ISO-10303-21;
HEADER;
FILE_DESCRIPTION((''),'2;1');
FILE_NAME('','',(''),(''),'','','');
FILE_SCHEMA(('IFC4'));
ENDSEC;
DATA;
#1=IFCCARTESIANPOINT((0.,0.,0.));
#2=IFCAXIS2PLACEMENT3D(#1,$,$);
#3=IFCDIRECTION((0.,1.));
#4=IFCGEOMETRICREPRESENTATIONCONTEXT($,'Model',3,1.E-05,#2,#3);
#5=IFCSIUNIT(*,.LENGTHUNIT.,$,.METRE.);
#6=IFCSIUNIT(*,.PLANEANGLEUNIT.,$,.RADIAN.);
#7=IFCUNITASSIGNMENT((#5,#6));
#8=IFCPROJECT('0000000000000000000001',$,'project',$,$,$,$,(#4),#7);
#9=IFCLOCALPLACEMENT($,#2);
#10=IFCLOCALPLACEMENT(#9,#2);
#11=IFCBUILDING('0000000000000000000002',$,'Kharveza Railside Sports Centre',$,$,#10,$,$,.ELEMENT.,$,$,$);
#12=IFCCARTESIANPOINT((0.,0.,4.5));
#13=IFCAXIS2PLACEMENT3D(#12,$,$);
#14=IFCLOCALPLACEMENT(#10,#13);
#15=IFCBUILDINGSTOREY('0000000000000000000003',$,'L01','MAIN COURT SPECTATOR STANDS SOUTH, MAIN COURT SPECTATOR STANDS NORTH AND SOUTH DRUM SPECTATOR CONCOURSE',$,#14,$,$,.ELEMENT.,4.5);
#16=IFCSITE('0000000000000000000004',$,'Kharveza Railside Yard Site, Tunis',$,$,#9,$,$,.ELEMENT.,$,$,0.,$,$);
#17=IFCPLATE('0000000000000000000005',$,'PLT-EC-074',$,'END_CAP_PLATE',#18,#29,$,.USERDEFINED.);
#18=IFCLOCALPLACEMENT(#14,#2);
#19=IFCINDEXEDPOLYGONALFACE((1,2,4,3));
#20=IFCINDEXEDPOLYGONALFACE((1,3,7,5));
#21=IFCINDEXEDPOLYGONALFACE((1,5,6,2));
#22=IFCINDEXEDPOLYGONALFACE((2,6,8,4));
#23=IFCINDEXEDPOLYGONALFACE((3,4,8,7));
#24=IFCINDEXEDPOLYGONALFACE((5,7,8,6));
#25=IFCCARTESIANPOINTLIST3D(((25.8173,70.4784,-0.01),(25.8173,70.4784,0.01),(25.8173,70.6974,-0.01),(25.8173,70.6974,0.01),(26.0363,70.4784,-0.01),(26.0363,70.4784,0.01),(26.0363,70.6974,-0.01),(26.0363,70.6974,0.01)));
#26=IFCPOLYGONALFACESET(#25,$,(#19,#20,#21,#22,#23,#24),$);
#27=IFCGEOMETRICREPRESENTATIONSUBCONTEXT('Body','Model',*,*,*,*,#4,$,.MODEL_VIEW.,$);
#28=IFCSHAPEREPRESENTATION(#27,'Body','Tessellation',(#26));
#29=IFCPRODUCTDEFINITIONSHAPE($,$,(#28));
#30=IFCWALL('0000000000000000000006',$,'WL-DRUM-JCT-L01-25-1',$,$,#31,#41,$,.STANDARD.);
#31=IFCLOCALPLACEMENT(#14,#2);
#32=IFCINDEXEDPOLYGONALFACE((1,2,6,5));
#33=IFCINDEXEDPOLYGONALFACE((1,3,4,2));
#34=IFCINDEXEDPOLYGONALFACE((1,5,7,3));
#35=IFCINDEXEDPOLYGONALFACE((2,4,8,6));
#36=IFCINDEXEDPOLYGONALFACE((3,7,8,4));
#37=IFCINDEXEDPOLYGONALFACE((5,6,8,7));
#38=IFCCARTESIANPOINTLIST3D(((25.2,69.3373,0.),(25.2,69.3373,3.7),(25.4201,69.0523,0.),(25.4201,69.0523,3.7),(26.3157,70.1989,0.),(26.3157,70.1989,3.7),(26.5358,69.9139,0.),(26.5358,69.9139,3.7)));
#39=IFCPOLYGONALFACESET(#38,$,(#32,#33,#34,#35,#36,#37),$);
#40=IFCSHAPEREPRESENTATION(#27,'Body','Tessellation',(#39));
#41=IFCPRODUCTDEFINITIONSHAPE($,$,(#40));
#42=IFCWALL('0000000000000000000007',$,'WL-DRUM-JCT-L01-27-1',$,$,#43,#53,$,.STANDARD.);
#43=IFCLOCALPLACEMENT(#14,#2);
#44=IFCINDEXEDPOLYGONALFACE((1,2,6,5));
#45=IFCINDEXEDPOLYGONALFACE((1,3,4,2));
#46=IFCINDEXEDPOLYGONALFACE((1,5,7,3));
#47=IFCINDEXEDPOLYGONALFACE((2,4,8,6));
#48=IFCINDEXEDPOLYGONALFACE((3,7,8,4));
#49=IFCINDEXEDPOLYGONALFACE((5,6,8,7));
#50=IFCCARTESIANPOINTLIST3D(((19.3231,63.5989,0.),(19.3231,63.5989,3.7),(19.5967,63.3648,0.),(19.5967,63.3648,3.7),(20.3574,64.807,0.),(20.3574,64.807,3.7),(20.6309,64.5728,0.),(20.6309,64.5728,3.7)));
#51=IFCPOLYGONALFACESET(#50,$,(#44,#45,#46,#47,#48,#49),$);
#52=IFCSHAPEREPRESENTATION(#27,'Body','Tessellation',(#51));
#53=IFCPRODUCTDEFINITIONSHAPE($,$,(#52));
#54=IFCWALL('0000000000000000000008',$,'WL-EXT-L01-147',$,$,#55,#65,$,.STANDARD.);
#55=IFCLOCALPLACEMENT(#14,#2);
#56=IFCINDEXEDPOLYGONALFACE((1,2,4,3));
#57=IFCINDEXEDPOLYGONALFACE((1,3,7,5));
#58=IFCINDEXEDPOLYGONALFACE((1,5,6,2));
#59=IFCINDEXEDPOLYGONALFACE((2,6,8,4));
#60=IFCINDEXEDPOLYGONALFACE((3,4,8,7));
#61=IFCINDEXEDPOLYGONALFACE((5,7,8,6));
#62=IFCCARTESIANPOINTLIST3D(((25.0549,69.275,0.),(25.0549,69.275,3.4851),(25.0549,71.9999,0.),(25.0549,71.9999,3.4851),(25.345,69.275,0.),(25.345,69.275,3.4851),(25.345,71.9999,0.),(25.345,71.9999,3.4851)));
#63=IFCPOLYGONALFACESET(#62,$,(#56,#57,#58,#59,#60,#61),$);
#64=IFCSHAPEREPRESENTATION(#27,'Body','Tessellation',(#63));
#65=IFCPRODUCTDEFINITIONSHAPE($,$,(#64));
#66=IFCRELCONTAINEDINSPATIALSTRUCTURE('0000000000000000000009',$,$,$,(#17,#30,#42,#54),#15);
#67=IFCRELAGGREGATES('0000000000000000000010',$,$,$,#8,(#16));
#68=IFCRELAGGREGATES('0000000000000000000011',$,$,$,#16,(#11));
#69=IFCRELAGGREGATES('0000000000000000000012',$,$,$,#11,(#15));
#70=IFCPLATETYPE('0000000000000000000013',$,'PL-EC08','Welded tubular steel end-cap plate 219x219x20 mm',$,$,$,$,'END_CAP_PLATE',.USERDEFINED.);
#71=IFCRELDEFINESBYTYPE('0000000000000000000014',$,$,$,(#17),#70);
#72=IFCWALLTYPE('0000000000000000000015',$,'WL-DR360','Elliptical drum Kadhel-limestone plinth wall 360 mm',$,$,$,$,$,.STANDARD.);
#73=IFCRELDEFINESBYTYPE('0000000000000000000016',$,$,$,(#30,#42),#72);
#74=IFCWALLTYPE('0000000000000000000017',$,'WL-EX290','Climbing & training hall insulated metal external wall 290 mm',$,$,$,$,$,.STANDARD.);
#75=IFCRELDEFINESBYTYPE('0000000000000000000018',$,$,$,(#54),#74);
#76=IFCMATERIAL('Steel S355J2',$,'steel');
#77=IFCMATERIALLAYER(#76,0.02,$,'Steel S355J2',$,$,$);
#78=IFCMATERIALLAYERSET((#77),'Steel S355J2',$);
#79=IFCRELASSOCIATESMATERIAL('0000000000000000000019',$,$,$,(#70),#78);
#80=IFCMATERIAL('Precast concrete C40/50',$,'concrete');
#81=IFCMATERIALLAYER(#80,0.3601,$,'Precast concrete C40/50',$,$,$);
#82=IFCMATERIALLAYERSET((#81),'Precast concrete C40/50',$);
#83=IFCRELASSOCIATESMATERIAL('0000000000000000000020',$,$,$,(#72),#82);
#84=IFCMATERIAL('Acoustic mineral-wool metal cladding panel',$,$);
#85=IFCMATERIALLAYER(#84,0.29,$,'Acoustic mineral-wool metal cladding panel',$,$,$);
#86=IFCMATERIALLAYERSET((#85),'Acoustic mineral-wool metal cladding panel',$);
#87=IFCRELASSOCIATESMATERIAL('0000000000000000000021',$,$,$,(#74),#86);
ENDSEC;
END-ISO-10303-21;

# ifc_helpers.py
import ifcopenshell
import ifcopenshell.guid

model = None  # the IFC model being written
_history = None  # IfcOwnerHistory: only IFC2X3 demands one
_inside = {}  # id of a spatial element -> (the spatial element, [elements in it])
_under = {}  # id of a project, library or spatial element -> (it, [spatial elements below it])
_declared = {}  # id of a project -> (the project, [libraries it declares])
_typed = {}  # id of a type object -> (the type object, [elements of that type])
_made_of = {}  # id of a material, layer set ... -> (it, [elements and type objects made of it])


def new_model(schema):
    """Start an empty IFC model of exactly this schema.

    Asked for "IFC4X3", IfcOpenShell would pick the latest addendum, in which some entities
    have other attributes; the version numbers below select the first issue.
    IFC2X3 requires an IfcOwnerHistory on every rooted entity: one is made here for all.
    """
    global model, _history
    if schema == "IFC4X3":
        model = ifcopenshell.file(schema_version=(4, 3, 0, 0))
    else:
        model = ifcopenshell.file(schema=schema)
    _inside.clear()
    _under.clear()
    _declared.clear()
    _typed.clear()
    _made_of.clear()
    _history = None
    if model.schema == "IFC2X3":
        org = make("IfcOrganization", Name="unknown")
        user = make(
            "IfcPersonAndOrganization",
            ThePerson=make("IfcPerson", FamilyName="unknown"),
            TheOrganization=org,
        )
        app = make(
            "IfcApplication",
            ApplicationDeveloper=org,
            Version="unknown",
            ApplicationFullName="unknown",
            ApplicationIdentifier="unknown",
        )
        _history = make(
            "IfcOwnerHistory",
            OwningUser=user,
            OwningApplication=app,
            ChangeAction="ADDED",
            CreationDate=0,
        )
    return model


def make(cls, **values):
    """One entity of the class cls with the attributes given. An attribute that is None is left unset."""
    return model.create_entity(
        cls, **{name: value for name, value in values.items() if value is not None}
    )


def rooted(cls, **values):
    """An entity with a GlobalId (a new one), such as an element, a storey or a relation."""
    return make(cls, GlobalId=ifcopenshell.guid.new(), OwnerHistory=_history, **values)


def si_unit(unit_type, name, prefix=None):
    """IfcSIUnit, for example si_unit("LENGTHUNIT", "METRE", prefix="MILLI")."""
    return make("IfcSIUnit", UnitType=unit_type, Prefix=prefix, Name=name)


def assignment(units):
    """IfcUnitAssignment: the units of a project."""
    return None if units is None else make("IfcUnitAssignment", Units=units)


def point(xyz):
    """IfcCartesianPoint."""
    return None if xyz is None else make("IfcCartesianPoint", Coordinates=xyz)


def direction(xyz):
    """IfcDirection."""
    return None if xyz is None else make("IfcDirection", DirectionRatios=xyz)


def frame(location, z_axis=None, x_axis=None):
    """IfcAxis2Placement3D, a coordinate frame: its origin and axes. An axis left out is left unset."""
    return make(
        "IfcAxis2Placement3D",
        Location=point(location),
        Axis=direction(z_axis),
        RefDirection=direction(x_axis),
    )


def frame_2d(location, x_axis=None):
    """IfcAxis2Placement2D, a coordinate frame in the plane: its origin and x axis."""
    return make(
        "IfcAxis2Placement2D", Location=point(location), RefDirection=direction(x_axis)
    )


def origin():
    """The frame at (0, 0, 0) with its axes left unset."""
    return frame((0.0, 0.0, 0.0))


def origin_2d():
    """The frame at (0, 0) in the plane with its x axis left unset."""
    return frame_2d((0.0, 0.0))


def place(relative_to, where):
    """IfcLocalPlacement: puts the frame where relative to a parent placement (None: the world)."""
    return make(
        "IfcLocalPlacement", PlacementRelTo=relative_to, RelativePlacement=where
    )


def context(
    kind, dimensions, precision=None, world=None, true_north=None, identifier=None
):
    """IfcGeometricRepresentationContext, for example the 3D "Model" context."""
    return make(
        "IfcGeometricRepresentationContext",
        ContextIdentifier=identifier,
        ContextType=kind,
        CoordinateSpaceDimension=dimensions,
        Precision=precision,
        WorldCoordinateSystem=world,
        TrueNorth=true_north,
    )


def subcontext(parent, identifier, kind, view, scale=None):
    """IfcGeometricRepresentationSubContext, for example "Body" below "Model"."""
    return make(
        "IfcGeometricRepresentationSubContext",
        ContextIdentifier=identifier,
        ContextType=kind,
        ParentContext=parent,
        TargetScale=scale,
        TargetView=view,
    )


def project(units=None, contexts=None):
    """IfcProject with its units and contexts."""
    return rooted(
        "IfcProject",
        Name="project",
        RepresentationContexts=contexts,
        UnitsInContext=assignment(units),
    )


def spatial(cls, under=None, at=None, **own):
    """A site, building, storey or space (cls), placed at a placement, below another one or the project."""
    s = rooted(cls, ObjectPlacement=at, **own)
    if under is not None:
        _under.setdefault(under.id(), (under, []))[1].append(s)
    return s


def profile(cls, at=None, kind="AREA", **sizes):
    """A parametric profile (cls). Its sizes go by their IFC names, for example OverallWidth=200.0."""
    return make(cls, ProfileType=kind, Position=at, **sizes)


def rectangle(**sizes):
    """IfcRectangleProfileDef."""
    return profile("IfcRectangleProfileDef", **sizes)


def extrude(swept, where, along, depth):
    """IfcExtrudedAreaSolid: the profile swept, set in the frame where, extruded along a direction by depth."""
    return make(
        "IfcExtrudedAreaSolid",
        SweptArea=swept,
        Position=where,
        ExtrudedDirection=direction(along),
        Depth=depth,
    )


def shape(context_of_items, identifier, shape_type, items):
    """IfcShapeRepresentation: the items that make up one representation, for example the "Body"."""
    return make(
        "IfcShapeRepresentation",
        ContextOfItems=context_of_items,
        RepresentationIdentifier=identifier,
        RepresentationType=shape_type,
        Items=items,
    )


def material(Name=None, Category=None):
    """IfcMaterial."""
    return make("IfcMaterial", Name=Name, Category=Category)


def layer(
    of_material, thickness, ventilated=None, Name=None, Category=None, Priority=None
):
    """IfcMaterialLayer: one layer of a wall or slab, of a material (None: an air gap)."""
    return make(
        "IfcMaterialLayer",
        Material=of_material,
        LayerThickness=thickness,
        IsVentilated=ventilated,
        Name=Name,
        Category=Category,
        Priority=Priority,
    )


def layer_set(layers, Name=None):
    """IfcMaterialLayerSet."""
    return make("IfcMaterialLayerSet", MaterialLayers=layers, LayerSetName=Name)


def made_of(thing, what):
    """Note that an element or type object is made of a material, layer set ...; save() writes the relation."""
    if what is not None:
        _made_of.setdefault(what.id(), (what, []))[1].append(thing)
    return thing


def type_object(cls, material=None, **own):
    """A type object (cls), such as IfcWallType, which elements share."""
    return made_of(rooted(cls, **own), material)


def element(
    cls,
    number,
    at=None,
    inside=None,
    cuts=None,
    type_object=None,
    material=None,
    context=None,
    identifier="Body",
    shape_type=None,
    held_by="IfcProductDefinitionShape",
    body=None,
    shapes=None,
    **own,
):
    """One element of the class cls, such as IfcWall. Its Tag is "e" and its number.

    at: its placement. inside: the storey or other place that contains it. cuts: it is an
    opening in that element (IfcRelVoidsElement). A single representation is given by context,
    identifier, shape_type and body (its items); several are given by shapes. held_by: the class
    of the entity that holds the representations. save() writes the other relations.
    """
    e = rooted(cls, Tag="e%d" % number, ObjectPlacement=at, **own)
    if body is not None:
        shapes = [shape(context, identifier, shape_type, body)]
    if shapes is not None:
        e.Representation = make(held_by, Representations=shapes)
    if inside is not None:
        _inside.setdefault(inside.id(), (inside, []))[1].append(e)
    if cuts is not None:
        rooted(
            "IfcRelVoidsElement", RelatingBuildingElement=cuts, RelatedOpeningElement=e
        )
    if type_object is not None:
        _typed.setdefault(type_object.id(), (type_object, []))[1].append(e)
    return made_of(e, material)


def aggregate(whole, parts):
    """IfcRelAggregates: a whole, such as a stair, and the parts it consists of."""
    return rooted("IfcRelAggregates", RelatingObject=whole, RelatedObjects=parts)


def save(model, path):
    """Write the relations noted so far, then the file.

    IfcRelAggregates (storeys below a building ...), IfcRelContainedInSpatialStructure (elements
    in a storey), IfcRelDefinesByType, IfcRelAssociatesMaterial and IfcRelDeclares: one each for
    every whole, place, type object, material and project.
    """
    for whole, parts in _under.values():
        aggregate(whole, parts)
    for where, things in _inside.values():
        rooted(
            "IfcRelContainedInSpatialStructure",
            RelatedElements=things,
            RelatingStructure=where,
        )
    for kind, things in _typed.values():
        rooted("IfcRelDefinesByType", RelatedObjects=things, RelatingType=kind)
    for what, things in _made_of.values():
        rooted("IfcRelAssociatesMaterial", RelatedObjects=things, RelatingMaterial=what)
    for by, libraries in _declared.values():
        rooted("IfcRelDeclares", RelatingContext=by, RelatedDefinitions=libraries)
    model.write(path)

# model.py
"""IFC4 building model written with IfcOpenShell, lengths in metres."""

from ifc_helpers import new_model, si_unit, direction, frame, frame_2d, origin, origin_2d, place, context, subcontext, project, spatial, rectangle, extrude, material, layer, layer_set, type_object, element, save


model = new_model("IFC4")

# Units and contexts
model_context = context("Model", 3, precision=1e-05, world=origin(), true_north=direction((0.0, 1.0)))
body_context = subcontext(model_context, "Body", "Model", "MODEL_VIEW")
ifc_project = project(units=[si_unit("LENGTHUNIT", "METRE"), si_unit("PLANEANGLEUNIT", "RADIAN")], contexts=[model_context])

# Site, building, storey
site_placement = place(None, origin())
site = spatial("IfcSite", under=ifc_project, at=site_placement, Name="Kharveza Railside Yard Site, Tunis", CompositionType="ELEMENT", RefElevation=0.0)
building_placement = place(site_placement, origin())
building = spatial("IfcBuilding", under=site, at=building_placement, Name="Kharveza Railside Sports Centre", CompositionType="ELEMENT")
storey_placement = place(building_placement, frame((0.0, 0.0, 4.5)))
storey = spatial("IfcBuildingStorey", under=building, at=storey_placement, Name="L01", Description="MAIN COURT SPECTATOR STANDS SOUTH, MAIN COURT SPECTATOR STANDS NORTH AND SOUTH DRUM SPECTATOR CONCOURSE", CompositionType="ELEMENT", Elevation=4.5)

# Shared definitions
ifc_material_1 = material(Name="Steel S355J2", Category="steel")

# Plate
ifc_layer_1 = layer(ifc_material_1, 0.02, Name="Steel S355J2")
ifc_layer_set_1 = layer_set([ifc_layer_1], Name="Steel S355J2")
plate_type_1 = type_object("IfcPlateType", Name="PL-EC08", Description="Welded tubular steel end-cap plate 219x219x20 mm", ElementType="END_CAP_PLATE", PredefinedType="USERDEFINED", material=ifc_layer_set_1)
plate_1_placement = place(storey_placement, frame((25.9268, 70.5879, -0.01), z_axis=(0.0, 0.0, 1.0), x_axis=(1.0, 0.0, 0.0)))
element("IfcPlate", 1, at=plate_1_placement, inside=storey, type_object=plate_type_1, Name="PLT-EC-074", ObjectType="END_CAP_PLATE", PredefinedType="USERDEFINED", context=body_context, shape_type="SweptSolid", body=[
    extrude(rectangle(XDim=0.219, YDim=0.219, at=origin_2d()), origin(), (0.0, 0.0, 1.0), 0.02),
])

# Walls
ifc_material_2 = material(Name="Precast concrete C40/50", Category="concrete")
ifc_layer_2 = layer(ifc_material_2, 0.3601, Name="Precast concrete C40/50")
ifc_layer_set_2 = layer_set([ifc_layer_2], Name="Precast concrete C40/50")
wall_type_1 = type_object("IfcWallType", Name="WL-DR360", Description="Elliptical drum Kadhel-limestone plinth wall 360 mm", PredefinedType="STANDARD", material=ifc_layer_set_2)
wall_1_placement = place(storey_placement, frame((26.4258, 70.0564, 0.0), z_axis=(0.0, 0.0, 1.0), x_axis=(-0.791483, -0.611191, 0.0)))
element("IfcWall", 2, at=wall_1_placement, inside=storey, type_object=wall_type_1, Name="WL-DRUM-JCT-L01-25-1", PredefinedType="STANDARD", context=body_context, shape_type="SweptSolid", body=[
    extrude(rectangle(XDim=1.4097, YDim=0.3601, at=frame_2d((0.7048, 0.0))), origin(), (0.0, 0.0, 1.0), 3.7),
])
wall_2_placement = place(storey_placement, frame((20.4941, 64.6899, 0.0), z_axis=(0.0, 0.0, 1.0), x_axis=(-0.650336, -0.759647, 0.0)))
element("IfcWall", 3, at=wall_2_placement, inside=storey, type_object=wall_type_1, Name="WL-DRUM-JCT-L01-27-1", PredefinedType="STANDARD", context=body_context, shape_type="SweptSolid", body=[
    extrude(rectangle(XDim=1.5903, YDim=0.3601, at=frame_2d((0.7952, 0.0))), origin(), (0.0, 0.0, 1.0), 3.7),
])
ifc_material_3 = material(Name="Acoustic mineral-wool metal cladding panel")
ifc_layer_3 = layer(ifc_material_3, 0.29, Name="Acoustic mineral-wool metal cladding panel")
ifc_layer_set_3 = layer_set([ifc_layer_3], Name="Acoustic mineral-wool metal cladding panel")
wall_type_2 = type_object("IfcWallType", Name="WL-EX290", Description="Climbing & training hall insulated metal external wall 290 mm", PredefinedType="STANDARD", material=ifc_layer_set_3)
wall_3_placement = place(storey_placement, frame((25.2, 69.2751, 0.0), z_axis=(0.0, 0.0, 1.0), x_axis=(0.0, 1.0, 0.0)))
element("IfcWall", 4, at=wall_3_placement, inside=storey, type_object=wall_type_2, Name="WL-EXT-L01-147", PredefinedType="STANDARD", context=body_context, shape_type="SweptSolid", body=[
    extrude(rectangle(XDim=2.7249, YDim=0.29, at=frame_2d((1.3623, 0.0))), origin(), (0.0, 0.0, 1.0), 3.4851),
])

save(model, "model.ifc")
